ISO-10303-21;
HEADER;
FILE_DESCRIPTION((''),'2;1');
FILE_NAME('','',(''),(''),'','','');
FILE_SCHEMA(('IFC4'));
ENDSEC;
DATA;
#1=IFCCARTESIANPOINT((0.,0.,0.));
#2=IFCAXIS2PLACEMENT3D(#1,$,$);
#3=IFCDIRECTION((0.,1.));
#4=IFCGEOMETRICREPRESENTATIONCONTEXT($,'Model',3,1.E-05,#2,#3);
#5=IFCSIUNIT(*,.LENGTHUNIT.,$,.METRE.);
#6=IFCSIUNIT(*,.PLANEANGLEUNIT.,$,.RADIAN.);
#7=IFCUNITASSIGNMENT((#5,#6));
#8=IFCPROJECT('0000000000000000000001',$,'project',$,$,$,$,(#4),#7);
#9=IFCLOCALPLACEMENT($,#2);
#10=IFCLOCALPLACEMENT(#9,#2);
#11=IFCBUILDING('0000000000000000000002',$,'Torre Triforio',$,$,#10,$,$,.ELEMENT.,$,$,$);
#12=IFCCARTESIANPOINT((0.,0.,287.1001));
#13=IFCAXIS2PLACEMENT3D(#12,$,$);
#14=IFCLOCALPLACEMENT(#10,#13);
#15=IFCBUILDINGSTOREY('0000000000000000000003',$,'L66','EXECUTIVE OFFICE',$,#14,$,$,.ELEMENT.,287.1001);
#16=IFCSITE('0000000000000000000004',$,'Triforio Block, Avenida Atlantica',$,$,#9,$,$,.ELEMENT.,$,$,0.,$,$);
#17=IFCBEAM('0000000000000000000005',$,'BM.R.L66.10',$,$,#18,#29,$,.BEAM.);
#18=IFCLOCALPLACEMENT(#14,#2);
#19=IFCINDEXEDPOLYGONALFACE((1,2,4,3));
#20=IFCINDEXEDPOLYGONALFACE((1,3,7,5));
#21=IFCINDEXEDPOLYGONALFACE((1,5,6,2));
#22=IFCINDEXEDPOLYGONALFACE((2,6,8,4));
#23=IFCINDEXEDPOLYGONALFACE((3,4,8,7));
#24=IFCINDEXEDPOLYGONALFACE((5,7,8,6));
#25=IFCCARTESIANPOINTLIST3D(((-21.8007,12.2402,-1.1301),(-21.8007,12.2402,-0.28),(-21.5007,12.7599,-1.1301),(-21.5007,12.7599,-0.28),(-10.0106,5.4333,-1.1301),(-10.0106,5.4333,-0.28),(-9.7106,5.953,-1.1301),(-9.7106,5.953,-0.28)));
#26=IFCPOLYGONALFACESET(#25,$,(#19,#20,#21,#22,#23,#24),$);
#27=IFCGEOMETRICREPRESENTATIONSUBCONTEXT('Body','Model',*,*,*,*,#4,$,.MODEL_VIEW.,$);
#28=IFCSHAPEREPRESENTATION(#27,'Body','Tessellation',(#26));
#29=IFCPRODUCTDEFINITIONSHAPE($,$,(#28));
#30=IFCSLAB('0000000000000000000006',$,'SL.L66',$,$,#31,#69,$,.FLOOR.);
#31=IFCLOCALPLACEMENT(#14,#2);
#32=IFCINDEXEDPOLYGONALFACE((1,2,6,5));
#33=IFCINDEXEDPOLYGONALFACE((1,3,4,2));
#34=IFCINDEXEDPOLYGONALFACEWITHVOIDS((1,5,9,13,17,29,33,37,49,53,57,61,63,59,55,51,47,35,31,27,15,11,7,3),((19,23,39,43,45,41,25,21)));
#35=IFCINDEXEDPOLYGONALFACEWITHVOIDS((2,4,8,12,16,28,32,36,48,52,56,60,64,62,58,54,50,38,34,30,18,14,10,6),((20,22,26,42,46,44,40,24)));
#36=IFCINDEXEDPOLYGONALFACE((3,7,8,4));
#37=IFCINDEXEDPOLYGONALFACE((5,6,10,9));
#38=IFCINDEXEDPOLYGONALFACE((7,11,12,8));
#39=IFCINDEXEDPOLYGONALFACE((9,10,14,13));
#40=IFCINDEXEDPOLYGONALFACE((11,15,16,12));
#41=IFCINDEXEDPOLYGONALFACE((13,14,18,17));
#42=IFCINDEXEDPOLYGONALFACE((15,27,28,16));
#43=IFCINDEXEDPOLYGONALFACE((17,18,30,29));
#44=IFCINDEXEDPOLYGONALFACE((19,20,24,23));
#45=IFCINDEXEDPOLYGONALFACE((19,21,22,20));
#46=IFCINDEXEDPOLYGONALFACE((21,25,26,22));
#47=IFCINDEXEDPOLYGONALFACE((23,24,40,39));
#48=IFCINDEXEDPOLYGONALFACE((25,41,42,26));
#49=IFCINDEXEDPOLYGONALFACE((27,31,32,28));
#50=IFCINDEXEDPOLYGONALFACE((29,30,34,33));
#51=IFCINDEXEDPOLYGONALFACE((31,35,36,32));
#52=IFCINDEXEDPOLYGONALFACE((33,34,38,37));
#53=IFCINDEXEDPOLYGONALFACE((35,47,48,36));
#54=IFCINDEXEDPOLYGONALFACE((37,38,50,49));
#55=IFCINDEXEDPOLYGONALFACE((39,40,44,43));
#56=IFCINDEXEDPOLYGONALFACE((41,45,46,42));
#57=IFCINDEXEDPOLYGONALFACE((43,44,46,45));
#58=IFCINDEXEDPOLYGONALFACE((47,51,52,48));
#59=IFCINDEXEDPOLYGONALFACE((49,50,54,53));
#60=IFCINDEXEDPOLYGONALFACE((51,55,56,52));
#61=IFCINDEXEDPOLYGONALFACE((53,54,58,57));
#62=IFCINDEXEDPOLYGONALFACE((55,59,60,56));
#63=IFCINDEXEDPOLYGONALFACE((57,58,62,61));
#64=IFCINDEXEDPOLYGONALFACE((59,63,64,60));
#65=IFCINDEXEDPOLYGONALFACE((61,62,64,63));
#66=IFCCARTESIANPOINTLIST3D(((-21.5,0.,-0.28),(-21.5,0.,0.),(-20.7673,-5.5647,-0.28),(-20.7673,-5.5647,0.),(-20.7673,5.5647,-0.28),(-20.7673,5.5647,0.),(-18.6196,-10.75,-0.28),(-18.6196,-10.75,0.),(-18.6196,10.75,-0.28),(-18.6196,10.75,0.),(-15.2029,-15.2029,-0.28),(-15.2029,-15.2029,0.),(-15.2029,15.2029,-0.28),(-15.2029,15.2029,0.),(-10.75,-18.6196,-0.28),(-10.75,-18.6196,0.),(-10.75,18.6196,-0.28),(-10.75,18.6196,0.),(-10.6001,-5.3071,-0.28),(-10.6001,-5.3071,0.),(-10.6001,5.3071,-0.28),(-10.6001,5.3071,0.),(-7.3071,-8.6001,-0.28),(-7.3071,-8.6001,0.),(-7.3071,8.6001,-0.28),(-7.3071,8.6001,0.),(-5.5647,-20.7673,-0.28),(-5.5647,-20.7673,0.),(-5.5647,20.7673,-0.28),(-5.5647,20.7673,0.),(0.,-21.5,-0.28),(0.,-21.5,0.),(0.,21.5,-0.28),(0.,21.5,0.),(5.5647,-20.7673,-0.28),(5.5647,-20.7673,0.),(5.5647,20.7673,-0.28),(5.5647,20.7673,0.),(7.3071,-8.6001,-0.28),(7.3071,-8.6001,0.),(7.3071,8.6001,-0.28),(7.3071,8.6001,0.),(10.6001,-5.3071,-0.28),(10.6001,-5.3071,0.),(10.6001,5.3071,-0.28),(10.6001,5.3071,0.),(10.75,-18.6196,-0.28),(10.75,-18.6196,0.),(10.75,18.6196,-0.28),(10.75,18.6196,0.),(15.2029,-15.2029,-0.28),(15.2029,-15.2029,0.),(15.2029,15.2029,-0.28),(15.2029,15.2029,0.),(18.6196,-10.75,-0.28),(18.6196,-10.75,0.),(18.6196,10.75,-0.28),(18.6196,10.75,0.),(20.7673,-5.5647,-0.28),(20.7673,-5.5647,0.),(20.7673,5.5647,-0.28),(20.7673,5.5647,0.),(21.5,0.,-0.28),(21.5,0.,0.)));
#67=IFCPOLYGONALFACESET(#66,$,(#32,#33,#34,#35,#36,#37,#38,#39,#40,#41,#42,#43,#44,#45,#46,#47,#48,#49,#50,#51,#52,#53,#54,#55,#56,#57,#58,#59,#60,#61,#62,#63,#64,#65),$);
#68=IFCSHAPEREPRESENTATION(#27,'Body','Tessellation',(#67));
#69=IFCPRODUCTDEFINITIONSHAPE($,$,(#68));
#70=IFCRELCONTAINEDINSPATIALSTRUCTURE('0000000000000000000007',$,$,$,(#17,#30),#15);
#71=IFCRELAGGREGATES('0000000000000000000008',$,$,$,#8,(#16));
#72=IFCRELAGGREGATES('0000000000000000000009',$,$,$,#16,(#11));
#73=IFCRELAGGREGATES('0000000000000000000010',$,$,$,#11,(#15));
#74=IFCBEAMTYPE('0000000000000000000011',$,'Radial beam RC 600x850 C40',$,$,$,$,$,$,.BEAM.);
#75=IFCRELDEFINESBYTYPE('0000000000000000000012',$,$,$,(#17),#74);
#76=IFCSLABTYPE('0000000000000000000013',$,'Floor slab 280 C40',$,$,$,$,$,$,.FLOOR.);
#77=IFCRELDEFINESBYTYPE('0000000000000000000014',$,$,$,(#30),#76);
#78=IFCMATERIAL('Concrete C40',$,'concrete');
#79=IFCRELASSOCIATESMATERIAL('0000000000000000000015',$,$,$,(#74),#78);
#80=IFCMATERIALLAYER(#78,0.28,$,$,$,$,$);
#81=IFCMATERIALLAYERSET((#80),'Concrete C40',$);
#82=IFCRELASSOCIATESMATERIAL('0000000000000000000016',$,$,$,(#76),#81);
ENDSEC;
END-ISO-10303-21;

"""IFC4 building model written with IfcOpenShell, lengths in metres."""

from ifc_helpers import new_model, si_unit, direction, frame, origin, origin_2d, place, context, subcontext, project, spatial, polyline, rectangle, outline, extrude, material, layer, layer_set, material_profile, profile_set, type_object, element, save


model = new_model("IFC4")

# Units and contexts
model_context = context("Model", 3, precision=1e-05, world=origin(), true_north=direction((0.0, 1.0)))
body_context = subcontext(model_context, "Body", "Model", "MODEL_VIEW")
ifc_project = project(units=[si_unit("LENGTHUNIT", "METRE"), si_unit("PLANEANGLEUNIT", "RADIAN")], contexts=[model_context])

# Site, building, storey
site_placement = place(None, origin())
site = spatial("IfcSite", under=ifc_project, at=site_placement, Name="Triforio Block, Avenida Atlantica", CompositionType="ELEMENT", RefElevation=0.0)
building_placement = place(site_placement, origin())
building = spatial("IfcBuilding", under=site, at=building_placement, Name="Torre Triforio", CompositionType="ELEMENT")
storey_placement = place(building_placement, frame((0.0, 0.0, 287.1001)))
storey = spatial("IfcBuildingStorey", under=building, at=storey_placement, Name="L66", Description="EXECUTIVE OFFICE", CompositionType="ELEMENT", Elevation=287.1001)

# Beam
ifc_material_1 = material(Name="Concrete C40", Category="concrete")
ifc_material_profile = material_profile(ifc_material_1, rectangle(XDim=0.6001, YDim=0.8501, at=origin_2d()), Name="RC 600x850")
ifc_profile_set = profile_set([ifc_material_profile], Name="Concrete C40")
beam_type = type_object("IfcBeamType", Name="Radial beam RC 600x850 C40", PredefinedType="BEAM", material=ifc_profile_set)
beam_placement = place(storey_placement, frame((-9.8606, 5.6931, -0.7051), z_axis=(-0.866029, 0.499995, 0.0), x_axis=(-0.499995, -0.866029, 0.0)))
element("IfcBeam", 1, at=beam_placement, inside=storey, type_object=beam_type, Name="BM.R.L66.10", PredefinedType="BEAM", context=body_context, shape_type="SweptSolid", body=[
    extrude(rectangle(XDim=0.6001, YDim=0.8501, at=origin_2d()), origin(), (0.0, 0.0, 1.0), 13.614),
])

# Slab
ifc_layer_1 = layer(ifc_material_1, 0.28)
ifc_layer_set_1 = layer_set([ifc_layer_1], Name="Concrete C40")
slab_type_1 = type_object("IfcSlabType", Name="Floor slab 280 C40", PredefinedType="FLOOR", material=ifc_layer_set_1)
slab_1_placement = place(storey_placement, frame((0.0, 0.0, -0.28)))
element("IfcSlab", 2, at=slab_1_placement, inside=storey, type_object=slab_type_1, Name="SL.L66", PredefinedType="FLOOR", context=body_context, shape_type="SweptSolid", body=[
    extrude(outline(polyline([(18.6196, -10.75), (20.7673, -5.5647), (21.5, 0.0), (20.7673, 5.5647), (18.6196, 10.75), (15.2029, 15.2029), (10.75, 18.6196), (5.5647, 20.7673), (0.0, 21.5), (-5.5647, 20.7673), (-10.75, 18.6196), (-15.2029, 15.2029), (-18.6196, 10.75), (-20.7673, 5.5647), (-21.5, 0.0), (-20.7673, -5.5647), (-18.6196, -10.75), (-15.2029, -15.2029), (-10.75, -18.6196), (-5.5647, -20.7673), (0.0, -21.5), (5.5647, -20.7673), (10.75, -18.6196), (15.2029, -15.2029), (18.6196, -10.75)]), holes=[polyline([(10.6001, 5.3071), (10.6001, -5.3071), (7.3071, -8.6001), (-7.3071, -8.6001), (-10.6001, -5.3071), (-10.6001, 5.3071), (-7.3071, 8.6001), (7.3071, 8.6001), (10.6001, 5.3071)])]), origin(), (0.0, 0.0, 1.0), 0.28),
])

save(model, "model.ifc")
